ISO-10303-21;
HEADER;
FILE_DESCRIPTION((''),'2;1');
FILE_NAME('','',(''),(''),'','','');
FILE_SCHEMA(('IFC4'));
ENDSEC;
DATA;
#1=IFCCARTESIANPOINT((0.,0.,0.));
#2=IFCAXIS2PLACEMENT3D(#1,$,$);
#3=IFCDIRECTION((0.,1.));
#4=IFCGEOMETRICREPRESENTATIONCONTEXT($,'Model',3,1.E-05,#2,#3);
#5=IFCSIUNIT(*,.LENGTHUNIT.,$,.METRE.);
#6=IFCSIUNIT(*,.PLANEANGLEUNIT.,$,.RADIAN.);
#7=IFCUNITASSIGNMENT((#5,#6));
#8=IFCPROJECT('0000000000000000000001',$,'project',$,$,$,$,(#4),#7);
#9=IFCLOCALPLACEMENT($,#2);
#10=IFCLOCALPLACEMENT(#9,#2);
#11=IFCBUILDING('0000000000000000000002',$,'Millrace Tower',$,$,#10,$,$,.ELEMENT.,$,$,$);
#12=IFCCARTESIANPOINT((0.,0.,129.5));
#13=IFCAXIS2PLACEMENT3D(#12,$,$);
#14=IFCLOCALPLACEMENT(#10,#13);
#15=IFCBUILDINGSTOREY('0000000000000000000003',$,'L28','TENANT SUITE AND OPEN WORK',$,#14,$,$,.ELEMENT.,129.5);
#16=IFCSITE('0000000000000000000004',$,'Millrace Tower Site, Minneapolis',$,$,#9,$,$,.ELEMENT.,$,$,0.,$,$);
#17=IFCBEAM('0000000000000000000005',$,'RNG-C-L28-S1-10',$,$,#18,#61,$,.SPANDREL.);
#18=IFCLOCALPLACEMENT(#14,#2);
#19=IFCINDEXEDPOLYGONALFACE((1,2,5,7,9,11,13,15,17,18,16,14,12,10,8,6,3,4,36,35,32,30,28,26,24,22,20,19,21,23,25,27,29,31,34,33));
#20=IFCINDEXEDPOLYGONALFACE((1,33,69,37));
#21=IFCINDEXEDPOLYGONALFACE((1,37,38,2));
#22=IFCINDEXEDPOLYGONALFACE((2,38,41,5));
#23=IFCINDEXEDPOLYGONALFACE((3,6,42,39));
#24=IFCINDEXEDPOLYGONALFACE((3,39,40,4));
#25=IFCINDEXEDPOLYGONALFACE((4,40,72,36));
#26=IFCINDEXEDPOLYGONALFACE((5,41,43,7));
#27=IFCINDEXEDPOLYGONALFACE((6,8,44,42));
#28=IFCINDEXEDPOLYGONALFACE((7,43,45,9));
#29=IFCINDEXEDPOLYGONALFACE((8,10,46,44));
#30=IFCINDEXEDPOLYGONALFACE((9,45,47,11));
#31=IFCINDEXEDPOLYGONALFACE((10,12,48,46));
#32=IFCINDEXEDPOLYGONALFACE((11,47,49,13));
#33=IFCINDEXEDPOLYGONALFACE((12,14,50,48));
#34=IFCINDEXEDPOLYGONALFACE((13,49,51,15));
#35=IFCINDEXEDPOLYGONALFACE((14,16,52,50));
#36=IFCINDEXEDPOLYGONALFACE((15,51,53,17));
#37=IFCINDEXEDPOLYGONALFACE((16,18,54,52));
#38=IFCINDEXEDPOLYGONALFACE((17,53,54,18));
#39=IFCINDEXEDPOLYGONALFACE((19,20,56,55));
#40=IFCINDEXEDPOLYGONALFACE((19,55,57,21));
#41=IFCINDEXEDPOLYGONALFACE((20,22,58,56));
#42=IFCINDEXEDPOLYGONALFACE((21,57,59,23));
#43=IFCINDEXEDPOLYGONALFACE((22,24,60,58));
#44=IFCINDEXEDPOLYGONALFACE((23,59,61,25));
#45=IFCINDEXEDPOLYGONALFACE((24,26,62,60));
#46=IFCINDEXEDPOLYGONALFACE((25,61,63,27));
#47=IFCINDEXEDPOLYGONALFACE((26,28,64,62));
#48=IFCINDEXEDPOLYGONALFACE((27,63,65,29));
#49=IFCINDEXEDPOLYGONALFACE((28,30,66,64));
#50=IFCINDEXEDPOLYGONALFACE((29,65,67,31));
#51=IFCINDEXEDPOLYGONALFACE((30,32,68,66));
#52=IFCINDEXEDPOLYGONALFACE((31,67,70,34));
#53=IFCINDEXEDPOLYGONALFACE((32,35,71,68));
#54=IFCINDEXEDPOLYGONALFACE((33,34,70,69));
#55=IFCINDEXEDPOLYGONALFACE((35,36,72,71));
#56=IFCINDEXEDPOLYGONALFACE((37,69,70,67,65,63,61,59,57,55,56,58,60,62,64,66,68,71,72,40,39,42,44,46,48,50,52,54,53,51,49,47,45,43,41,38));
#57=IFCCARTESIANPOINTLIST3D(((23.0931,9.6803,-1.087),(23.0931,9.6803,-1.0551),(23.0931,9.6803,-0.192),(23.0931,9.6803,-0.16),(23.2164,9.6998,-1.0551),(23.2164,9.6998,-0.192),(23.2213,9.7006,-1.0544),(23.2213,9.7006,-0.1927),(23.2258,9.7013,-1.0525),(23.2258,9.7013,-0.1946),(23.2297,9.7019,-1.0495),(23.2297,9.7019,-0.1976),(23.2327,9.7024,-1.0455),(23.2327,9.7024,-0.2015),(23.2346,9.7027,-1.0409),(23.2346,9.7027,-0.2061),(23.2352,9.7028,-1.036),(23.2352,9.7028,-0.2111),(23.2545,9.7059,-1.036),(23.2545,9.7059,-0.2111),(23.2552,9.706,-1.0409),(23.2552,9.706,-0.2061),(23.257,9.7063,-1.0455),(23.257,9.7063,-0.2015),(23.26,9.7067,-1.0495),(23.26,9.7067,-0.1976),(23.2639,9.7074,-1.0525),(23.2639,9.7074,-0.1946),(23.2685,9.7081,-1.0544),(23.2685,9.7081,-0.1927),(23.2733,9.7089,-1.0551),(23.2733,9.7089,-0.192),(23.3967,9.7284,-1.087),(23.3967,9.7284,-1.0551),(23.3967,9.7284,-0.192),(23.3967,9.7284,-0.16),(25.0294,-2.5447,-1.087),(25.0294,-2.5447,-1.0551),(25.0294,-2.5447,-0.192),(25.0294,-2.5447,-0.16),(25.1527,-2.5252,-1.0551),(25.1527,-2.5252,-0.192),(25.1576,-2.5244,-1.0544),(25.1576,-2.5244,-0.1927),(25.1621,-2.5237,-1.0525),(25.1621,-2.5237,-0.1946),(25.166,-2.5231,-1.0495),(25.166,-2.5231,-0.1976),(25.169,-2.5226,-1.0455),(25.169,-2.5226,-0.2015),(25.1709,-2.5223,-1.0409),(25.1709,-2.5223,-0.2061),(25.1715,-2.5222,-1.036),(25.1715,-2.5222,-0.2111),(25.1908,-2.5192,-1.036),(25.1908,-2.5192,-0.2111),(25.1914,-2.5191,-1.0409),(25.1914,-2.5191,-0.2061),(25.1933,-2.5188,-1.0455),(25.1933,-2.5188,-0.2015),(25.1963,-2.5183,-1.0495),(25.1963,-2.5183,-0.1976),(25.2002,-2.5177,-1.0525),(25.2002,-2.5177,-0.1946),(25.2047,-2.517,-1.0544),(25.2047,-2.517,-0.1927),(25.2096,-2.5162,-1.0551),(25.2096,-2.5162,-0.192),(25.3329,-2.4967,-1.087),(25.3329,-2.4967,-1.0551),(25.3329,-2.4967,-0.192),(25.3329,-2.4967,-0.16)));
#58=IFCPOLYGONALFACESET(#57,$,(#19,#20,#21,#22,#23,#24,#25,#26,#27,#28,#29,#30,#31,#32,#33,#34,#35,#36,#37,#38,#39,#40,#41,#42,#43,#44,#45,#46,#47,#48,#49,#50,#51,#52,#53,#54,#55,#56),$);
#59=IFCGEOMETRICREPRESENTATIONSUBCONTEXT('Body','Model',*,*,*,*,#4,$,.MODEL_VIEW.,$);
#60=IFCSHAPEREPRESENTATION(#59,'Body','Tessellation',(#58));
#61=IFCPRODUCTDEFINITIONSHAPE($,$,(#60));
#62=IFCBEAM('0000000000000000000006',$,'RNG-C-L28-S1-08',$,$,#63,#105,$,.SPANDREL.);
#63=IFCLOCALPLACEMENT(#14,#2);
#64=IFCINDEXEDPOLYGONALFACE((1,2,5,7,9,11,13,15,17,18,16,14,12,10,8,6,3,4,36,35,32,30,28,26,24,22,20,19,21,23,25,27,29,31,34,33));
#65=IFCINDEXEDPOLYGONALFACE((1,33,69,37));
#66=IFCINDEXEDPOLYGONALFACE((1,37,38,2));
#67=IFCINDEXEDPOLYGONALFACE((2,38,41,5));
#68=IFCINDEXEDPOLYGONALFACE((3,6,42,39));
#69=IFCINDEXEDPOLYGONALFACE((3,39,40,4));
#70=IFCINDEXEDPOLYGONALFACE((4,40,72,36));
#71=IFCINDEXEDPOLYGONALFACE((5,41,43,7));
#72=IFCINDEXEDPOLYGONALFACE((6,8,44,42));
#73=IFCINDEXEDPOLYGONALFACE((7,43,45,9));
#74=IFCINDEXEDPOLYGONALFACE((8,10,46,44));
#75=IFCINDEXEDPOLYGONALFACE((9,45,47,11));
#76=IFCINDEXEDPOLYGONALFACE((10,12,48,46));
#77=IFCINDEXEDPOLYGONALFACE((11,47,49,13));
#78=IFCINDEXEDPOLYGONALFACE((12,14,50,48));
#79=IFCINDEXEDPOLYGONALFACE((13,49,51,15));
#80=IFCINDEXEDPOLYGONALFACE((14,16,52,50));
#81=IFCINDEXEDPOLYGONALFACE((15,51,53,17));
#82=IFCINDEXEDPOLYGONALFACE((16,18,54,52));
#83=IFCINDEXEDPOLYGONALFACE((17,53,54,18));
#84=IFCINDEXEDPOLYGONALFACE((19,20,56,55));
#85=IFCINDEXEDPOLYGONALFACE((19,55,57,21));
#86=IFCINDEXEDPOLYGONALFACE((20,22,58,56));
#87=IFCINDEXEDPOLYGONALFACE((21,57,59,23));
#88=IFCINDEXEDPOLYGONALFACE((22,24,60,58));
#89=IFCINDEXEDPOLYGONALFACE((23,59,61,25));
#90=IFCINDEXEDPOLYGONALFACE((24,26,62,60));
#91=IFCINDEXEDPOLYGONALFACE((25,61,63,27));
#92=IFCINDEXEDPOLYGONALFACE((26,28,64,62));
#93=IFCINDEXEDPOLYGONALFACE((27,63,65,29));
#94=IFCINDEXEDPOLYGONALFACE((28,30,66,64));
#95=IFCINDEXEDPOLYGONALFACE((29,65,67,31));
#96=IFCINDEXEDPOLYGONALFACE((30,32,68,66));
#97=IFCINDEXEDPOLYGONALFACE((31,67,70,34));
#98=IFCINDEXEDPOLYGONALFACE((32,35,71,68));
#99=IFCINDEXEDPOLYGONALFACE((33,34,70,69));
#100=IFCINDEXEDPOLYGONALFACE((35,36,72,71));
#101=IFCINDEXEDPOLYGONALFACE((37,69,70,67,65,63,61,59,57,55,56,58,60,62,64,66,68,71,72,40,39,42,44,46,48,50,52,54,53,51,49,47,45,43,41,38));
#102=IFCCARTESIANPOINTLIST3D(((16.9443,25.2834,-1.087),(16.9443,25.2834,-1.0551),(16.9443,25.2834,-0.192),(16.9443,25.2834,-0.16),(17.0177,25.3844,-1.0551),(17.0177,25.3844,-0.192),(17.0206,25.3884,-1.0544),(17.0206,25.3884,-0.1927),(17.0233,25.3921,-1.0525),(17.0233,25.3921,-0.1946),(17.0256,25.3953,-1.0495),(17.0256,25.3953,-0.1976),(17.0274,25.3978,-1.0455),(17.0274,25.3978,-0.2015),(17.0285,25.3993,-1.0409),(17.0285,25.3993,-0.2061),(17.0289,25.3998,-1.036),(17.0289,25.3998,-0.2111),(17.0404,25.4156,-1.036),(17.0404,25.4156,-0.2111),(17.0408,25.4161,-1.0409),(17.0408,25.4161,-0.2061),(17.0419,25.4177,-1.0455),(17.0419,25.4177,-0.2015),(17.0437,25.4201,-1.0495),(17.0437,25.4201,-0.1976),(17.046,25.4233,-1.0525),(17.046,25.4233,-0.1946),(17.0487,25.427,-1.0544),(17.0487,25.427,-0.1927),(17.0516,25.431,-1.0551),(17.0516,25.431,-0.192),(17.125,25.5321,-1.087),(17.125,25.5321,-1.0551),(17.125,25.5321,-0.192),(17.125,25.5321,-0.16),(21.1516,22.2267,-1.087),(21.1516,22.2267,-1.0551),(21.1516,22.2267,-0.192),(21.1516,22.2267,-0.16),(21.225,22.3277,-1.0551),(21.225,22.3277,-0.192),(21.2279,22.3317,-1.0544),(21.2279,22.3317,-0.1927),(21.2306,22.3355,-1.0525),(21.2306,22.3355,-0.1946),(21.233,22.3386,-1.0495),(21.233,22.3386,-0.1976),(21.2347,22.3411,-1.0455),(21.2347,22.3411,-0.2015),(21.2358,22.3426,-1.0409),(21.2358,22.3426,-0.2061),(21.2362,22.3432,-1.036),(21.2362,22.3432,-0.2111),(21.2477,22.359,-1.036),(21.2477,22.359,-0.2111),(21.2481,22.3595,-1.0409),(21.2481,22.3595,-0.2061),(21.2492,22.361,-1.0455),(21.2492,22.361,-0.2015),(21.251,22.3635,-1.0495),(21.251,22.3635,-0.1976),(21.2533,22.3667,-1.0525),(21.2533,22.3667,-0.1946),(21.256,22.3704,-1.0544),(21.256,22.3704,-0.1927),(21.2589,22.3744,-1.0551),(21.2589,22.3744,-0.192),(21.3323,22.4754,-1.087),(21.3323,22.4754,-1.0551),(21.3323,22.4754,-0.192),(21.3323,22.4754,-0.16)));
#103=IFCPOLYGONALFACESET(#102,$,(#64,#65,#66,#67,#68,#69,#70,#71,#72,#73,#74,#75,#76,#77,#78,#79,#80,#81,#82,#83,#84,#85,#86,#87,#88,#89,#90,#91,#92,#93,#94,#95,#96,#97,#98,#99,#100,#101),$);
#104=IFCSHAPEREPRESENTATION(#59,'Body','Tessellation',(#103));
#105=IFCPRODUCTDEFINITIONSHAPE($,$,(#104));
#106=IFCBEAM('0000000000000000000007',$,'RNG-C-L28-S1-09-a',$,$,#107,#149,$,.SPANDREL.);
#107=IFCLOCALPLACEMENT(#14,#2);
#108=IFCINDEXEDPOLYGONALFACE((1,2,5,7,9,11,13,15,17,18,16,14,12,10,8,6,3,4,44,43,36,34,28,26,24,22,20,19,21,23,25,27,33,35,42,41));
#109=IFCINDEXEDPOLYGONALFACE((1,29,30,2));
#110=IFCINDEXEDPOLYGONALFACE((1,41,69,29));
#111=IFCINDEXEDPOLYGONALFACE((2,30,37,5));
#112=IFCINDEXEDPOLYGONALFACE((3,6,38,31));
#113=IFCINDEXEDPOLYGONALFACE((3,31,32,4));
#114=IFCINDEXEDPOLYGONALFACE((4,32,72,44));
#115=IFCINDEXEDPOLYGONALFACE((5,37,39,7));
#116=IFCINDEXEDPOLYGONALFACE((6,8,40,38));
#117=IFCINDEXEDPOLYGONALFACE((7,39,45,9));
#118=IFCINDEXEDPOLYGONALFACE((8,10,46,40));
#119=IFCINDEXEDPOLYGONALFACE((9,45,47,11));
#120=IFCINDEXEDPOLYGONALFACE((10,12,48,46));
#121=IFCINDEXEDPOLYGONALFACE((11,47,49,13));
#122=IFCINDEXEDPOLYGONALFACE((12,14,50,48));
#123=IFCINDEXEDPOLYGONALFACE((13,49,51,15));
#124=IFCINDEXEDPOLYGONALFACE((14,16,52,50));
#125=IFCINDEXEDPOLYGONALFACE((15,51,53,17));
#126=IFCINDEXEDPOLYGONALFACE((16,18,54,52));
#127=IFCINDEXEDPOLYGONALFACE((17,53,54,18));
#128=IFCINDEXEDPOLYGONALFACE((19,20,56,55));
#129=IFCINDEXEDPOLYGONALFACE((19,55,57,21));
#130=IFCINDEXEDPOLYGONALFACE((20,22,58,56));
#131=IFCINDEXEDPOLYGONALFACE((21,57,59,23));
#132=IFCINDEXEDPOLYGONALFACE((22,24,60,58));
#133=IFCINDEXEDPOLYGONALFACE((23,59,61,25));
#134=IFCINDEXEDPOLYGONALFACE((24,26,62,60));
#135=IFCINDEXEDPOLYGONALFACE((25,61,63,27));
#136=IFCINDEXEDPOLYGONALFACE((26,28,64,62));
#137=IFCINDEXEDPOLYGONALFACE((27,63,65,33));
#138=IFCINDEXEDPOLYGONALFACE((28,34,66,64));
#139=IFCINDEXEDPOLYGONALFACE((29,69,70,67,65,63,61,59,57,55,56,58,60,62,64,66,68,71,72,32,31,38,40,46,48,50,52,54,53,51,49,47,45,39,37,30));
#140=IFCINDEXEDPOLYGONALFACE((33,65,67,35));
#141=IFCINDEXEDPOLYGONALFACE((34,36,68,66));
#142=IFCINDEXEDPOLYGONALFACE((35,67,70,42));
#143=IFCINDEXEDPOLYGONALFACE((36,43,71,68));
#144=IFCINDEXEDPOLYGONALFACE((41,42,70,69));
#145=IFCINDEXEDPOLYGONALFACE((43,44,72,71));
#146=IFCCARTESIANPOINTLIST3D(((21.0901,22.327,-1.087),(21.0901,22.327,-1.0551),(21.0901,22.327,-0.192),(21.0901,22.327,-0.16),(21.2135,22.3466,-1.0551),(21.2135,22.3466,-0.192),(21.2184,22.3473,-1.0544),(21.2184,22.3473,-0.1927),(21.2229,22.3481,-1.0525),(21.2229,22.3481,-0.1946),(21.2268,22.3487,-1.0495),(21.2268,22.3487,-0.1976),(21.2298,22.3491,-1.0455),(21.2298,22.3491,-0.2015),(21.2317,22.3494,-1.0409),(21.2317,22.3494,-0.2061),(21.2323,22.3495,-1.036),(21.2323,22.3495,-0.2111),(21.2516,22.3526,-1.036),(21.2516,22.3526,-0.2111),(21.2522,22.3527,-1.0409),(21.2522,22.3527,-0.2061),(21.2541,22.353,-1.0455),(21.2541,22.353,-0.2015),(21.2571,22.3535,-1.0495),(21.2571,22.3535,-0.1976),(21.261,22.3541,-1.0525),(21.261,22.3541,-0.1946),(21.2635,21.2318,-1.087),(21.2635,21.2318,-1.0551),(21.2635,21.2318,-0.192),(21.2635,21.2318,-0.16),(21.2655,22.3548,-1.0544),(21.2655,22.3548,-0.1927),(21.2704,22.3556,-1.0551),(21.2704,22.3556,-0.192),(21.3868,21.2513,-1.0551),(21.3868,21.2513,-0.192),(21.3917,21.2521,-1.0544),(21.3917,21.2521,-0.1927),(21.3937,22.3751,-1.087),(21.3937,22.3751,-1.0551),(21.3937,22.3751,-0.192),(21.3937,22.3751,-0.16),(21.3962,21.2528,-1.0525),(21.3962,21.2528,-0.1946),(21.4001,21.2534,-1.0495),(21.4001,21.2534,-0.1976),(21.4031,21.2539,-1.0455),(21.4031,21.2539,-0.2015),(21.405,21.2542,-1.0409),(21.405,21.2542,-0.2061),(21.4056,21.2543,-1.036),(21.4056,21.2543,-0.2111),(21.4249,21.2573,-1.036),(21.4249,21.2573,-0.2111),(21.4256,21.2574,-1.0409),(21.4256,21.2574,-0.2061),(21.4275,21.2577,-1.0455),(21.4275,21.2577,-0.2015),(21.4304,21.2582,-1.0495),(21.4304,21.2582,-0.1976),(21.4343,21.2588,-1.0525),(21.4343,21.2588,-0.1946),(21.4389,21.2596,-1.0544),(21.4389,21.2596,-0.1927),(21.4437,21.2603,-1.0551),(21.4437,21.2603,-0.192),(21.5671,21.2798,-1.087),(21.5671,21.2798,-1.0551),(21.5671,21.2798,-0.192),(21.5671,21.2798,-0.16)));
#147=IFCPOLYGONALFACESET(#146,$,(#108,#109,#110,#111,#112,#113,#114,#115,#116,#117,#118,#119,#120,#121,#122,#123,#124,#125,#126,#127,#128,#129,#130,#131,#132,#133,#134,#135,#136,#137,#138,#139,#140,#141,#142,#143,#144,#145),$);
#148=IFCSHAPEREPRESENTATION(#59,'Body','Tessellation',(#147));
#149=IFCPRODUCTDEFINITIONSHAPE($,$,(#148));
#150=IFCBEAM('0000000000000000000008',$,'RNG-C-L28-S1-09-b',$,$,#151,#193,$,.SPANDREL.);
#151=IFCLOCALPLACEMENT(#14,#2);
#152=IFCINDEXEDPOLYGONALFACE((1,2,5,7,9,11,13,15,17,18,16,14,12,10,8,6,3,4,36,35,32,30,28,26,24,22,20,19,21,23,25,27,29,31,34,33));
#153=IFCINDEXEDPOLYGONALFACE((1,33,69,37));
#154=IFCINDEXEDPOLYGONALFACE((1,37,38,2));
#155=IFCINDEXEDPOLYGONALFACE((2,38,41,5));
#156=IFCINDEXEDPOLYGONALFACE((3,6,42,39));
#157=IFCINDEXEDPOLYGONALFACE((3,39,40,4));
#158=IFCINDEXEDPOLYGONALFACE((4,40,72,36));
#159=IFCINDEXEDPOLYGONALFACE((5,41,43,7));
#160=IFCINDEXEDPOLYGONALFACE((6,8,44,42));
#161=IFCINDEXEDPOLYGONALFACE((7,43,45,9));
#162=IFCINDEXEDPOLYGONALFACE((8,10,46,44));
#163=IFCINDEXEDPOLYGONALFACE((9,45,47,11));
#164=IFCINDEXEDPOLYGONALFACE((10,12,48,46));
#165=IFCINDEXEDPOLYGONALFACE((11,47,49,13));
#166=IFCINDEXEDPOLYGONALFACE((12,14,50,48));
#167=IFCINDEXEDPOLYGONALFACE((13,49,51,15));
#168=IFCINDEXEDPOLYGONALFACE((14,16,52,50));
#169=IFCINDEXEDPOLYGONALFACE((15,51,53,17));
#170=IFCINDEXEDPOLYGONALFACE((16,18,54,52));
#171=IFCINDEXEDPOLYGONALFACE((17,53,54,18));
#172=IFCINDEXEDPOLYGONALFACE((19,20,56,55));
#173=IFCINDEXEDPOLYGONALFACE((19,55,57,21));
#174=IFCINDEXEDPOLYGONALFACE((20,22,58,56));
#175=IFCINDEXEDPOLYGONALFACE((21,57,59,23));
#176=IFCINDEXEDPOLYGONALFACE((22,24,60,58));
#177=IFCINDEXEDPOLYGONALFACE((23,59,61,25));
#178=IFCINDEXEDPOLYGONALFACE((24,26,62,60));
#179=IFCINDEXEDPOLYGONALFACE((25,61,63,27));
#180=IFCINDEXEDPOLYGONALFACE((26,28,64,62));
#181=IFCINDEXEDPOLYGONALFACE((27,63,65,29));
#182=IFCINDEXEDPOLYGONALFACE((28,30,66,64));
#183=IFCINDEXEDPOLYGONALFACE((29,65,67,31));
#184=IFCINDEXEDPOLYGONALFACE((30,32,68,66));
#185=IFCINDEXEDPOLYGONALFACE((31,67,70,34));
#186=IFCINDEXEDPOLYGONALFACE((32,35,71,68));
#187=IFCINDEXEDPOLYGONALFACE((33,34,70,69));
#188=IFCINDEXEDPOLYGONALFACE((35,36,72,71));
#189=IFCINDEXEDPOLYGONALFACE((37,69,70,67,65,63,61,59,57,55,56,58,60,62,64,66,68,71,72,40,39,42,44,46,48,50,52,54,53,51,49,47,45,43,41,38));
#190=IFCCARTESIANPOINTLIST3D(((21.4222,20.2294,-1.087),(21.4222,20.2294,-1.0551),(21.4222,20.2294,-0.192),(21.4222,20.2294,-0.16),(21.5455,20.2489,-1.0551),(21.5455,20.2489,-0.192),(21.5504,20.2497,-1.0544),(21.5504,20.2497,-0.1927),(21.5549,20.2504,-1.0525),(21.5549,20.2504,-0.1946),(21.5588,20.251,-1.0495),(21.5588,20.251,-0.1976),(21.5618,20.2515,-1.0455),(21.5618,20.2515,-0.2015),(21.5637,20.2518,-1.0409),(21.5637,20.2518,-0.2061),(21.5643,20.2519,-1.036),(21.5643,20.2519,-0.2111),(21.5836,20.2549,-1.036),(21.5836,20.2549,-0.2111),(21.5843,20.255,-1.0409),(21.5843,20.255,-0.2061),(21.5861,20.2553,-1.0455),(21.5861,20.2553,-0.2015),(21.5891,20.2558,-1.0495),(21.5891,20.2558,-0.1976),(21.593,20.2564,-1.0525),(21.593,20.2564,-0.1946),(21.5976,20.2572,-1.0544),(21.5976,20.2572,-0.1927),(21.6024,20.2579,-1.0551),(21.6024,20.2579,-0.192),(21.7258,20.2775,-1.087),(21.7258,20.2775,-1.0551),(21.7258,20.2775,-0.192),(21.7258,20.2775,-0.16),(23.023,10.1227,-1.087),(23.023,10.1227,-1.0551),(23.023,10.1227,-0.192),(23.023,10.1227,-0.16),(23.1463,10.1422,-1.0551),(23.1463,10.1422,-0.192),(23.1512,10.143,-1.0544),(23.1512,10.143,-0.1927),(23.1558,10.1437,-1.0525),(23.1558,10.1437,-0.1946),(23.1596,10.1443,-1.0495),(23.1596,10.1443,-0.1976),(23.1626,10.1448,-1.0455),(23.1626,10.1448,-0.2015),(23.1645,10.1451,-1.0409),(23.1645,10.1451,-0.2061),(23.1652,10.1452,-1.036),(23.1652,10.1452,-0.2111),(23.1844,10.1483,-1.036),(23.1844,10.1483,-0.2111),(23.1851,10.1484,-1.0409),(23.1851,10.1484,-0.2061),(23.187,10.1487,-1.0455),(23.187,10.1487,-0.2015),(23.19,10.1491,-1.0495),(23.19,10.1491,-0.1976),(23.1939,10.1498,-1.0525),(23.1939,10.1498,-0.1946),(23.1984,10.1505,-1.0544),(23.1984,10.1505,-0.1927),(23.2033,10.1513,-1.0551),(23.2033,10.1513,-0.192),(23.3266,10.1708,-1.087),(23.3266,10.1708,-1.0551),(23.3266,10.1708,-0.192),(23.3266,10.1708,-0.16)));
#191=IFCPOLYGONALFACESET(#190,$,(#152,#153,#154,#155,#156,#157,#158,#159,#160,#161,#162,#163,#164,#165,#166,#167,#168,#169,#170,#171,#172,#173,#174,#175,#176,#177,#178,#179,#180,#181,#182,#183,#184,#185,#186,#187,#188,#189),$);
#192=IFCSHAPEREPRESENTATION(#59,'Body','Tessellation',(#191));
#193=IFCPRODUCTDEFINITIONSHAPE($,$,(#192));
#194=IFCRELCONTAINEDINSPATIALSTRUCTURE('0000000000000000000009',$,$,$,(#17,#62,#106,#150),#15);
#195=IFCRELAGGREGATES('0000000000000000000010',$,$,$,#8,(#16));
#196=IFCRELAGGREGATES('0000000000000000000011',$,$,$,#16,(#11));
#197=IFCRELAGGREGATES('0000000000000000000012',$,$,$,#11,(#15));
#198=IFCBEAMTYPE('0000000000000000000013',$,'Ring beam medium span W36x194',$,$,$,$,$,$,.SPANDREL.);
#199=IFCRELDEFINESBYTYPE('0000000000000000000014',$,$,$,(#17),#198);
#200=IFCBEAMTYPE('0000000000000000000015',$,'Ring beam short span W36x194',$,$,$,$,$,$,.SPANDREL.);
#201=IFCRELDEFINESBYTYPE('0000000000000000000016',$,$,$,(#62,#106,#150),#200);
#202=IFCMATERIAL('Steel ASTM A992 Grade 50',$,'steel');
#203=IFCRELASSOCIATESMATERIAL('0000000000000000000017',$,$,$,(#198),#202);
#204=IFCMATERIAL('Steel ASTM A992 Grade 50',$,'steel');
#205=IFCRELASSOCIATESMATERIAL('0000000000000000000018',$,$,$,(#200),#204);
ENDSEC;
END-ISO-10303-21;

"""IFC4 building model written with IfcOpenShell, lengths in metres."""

from ifc_helpers import new_model, si_unit, direction, frame, origin, origin_2d, place, context, subcontext, project, spatial, i_section, extrude, material, material_profile, profile_set, type_object, element, save


model = new_model("IFC4")

# Units and contexts
model_context = context("Model", 3, precision=1e-05, world=origin(), true_north=direction((0.0, 1.0)))
body_context = subcontext(model_context, "Body", "Model", "MODEL_VIEW")
ifc_project = project(units=[si_unit("LENGTHUNIT", "METRE"), si_unit("PLANEANGLEUNIT", "RADIAN")], contexts=[model_context])

# Site, building, storey
site_placement = place(None, origin())
site = spatial("IfcSite", under=ifc_project, at=site_placement, Name="Millrace Tower Site, Minneapolis", CompositionType="ELEMENT", RefElevation=0.0)
building_placement = place(site_placement, origin())
building = spatial("IfcBuilding", under=site, at=building_placement, Name="Millrace Tower", CompositionType="ELEMENT")
storey_placement = place(building_placement, frame((0.0, 0.0, 129.5)))
storey = spatial("IfcBuildingStorey", under=building, at=storey_placement, Name="L28", Description="TENANT SUITE AND OPEN WORK", CompositionType="ELEMENT", Elevation=129.5)

# Beams
ifc_material_1 = material(Name="Steel ASTM A992 Grade 50", Category="steel")
ifc_material_profile_1 = material_profile(ifc_material_1, i_section(OverallWidth=0.3074, OverallDepth=0.927, WebThickness=0.0195, FlangeThickness=0.032, FilletRadius=0.019, at=origin_2d()))
ifc_profile_set_1 = profile_set([ifc_material_profile_1], Name="Steel ASTM A992 Grade 50")
beam_type_1 = type_object("IfcBeamType", Name="Ring beam medium span W36x194", PredefinedType="SPANDREL", material=ifc_profile_set_1)
beam_1_placement = place(storey_placement, frame((23.2449, 9.7043, -0.6235), z_axis=(0.156436, -0.987688, 0.0), x_axis=(0.987688, 0.156436, 0.0)))
element("IfcBeam", 1, at=beam_1_placement, inside=storey, type_object=beam_type_1, Name="RNG-C-L28-S1-10", PredefinedType="SPANDREL", context=body_context, shape_type="SweptSolid", body=[
    extrude(i_section(OverallWidth=0.3074, OverallDepth=0.927, WebThickness=0.0195, FlangeThickness=0.032, FilletRadius=0.019, at=origin_2d()), origin(), (0.0, 0.0, 1.0), 12.3774),
])
ifc_material_2 = material(Name="Steel ASTM A992 Grade 50", Category="steel")
ifc_material_profile_2 = material_profile(ifc_material_2, i_section(OverallWidth=0.3074, OverallDepth=0.927, WebThickness=0.0195, FlangeThickness=0.032, FilletRadius=0.019, at=origin_2d()))
ifc_profile_set_2 = profile_set([ifc_material_profile_2], Name="Steel ASTM A992 Grade 50")
beam_type_2 = type_object("IfcBeamType", Name="Ring beam short span W36x194", PredefinedType="SPANDREL", material=ifc_profile_set_2)
beam_2_placement = place(storey_placement, frame((17.0347, 25.4077, -0.6235), z_axis=(0.809028, -0.58777, 0.0), x_axis=(0.58777, 0.809028, 0.0)))
element("IfcBeam", 2, at=beam_2_placement, inside=storey, type_object=beam_type_2, Name="RNG-C-L28-S1-08", PredefinedType="SPANDREL", context=body_context, shape_type="SweptSolid", body=[
    extrude(i_section(OverallWidth=0.3074, OverallDepth=0.927, WebThickness=0.0195, FlangeThickness=0.032, FilletRadius=0.019, at=origin_2d()), origin(), (0.0, 0.0, 1.0), 5.2004),
])
beam_3_placement = place(storey_placement, frame((21.2419, 22.3511, -0.6235), z_axis=(0.156324, -0.987706, 0.0), x_axis=(0.987706, 0.156324, 0.0)))
element("IfcBeam", 3, at=beam_3_placement, inside=storey, type_object=beam_type_2, Name="RNG-C-L28-S1-09-a", PredefinedType="SPANDREL", context=body_context, shape_type="SweptSolid", body=[
    extrude(i_section(OverallWidth=0.3074, OverallDepth=0.927, WebThickness=0.0195, FlangeThickness=0.032, FilletRadius=0.019, at=origin_2d()), origin(), (0.0, 0.0, 1.0), 1.1089),
])
beam_4_placement = place(storey_placement, frame((21.574, 20.2534, -0.6235), z_axis=(0.156443, -0.987687, 0.0), x_axis=(0.987687, 0.156443, 0.0)))
element("IfcBeam", 4, at=beam_4_placement, inside=storey, type_object=beam_type_2, Name="RNG-C-L28-S1-09-b", PredefinedType="SPANDREL", context=body_context, shape_type="SweptSolid", body=[
    extrude(i_section(OverallWidth=0.3074, OverallDepth=0.927, WebThickness=0.0195, FlangeThickness=0.032, FilletRadius=0.019, at=origin_2d()), origin(), (0.0, 0.0, 1.0), 10.2327),
])

save(model, "model.ifc")
